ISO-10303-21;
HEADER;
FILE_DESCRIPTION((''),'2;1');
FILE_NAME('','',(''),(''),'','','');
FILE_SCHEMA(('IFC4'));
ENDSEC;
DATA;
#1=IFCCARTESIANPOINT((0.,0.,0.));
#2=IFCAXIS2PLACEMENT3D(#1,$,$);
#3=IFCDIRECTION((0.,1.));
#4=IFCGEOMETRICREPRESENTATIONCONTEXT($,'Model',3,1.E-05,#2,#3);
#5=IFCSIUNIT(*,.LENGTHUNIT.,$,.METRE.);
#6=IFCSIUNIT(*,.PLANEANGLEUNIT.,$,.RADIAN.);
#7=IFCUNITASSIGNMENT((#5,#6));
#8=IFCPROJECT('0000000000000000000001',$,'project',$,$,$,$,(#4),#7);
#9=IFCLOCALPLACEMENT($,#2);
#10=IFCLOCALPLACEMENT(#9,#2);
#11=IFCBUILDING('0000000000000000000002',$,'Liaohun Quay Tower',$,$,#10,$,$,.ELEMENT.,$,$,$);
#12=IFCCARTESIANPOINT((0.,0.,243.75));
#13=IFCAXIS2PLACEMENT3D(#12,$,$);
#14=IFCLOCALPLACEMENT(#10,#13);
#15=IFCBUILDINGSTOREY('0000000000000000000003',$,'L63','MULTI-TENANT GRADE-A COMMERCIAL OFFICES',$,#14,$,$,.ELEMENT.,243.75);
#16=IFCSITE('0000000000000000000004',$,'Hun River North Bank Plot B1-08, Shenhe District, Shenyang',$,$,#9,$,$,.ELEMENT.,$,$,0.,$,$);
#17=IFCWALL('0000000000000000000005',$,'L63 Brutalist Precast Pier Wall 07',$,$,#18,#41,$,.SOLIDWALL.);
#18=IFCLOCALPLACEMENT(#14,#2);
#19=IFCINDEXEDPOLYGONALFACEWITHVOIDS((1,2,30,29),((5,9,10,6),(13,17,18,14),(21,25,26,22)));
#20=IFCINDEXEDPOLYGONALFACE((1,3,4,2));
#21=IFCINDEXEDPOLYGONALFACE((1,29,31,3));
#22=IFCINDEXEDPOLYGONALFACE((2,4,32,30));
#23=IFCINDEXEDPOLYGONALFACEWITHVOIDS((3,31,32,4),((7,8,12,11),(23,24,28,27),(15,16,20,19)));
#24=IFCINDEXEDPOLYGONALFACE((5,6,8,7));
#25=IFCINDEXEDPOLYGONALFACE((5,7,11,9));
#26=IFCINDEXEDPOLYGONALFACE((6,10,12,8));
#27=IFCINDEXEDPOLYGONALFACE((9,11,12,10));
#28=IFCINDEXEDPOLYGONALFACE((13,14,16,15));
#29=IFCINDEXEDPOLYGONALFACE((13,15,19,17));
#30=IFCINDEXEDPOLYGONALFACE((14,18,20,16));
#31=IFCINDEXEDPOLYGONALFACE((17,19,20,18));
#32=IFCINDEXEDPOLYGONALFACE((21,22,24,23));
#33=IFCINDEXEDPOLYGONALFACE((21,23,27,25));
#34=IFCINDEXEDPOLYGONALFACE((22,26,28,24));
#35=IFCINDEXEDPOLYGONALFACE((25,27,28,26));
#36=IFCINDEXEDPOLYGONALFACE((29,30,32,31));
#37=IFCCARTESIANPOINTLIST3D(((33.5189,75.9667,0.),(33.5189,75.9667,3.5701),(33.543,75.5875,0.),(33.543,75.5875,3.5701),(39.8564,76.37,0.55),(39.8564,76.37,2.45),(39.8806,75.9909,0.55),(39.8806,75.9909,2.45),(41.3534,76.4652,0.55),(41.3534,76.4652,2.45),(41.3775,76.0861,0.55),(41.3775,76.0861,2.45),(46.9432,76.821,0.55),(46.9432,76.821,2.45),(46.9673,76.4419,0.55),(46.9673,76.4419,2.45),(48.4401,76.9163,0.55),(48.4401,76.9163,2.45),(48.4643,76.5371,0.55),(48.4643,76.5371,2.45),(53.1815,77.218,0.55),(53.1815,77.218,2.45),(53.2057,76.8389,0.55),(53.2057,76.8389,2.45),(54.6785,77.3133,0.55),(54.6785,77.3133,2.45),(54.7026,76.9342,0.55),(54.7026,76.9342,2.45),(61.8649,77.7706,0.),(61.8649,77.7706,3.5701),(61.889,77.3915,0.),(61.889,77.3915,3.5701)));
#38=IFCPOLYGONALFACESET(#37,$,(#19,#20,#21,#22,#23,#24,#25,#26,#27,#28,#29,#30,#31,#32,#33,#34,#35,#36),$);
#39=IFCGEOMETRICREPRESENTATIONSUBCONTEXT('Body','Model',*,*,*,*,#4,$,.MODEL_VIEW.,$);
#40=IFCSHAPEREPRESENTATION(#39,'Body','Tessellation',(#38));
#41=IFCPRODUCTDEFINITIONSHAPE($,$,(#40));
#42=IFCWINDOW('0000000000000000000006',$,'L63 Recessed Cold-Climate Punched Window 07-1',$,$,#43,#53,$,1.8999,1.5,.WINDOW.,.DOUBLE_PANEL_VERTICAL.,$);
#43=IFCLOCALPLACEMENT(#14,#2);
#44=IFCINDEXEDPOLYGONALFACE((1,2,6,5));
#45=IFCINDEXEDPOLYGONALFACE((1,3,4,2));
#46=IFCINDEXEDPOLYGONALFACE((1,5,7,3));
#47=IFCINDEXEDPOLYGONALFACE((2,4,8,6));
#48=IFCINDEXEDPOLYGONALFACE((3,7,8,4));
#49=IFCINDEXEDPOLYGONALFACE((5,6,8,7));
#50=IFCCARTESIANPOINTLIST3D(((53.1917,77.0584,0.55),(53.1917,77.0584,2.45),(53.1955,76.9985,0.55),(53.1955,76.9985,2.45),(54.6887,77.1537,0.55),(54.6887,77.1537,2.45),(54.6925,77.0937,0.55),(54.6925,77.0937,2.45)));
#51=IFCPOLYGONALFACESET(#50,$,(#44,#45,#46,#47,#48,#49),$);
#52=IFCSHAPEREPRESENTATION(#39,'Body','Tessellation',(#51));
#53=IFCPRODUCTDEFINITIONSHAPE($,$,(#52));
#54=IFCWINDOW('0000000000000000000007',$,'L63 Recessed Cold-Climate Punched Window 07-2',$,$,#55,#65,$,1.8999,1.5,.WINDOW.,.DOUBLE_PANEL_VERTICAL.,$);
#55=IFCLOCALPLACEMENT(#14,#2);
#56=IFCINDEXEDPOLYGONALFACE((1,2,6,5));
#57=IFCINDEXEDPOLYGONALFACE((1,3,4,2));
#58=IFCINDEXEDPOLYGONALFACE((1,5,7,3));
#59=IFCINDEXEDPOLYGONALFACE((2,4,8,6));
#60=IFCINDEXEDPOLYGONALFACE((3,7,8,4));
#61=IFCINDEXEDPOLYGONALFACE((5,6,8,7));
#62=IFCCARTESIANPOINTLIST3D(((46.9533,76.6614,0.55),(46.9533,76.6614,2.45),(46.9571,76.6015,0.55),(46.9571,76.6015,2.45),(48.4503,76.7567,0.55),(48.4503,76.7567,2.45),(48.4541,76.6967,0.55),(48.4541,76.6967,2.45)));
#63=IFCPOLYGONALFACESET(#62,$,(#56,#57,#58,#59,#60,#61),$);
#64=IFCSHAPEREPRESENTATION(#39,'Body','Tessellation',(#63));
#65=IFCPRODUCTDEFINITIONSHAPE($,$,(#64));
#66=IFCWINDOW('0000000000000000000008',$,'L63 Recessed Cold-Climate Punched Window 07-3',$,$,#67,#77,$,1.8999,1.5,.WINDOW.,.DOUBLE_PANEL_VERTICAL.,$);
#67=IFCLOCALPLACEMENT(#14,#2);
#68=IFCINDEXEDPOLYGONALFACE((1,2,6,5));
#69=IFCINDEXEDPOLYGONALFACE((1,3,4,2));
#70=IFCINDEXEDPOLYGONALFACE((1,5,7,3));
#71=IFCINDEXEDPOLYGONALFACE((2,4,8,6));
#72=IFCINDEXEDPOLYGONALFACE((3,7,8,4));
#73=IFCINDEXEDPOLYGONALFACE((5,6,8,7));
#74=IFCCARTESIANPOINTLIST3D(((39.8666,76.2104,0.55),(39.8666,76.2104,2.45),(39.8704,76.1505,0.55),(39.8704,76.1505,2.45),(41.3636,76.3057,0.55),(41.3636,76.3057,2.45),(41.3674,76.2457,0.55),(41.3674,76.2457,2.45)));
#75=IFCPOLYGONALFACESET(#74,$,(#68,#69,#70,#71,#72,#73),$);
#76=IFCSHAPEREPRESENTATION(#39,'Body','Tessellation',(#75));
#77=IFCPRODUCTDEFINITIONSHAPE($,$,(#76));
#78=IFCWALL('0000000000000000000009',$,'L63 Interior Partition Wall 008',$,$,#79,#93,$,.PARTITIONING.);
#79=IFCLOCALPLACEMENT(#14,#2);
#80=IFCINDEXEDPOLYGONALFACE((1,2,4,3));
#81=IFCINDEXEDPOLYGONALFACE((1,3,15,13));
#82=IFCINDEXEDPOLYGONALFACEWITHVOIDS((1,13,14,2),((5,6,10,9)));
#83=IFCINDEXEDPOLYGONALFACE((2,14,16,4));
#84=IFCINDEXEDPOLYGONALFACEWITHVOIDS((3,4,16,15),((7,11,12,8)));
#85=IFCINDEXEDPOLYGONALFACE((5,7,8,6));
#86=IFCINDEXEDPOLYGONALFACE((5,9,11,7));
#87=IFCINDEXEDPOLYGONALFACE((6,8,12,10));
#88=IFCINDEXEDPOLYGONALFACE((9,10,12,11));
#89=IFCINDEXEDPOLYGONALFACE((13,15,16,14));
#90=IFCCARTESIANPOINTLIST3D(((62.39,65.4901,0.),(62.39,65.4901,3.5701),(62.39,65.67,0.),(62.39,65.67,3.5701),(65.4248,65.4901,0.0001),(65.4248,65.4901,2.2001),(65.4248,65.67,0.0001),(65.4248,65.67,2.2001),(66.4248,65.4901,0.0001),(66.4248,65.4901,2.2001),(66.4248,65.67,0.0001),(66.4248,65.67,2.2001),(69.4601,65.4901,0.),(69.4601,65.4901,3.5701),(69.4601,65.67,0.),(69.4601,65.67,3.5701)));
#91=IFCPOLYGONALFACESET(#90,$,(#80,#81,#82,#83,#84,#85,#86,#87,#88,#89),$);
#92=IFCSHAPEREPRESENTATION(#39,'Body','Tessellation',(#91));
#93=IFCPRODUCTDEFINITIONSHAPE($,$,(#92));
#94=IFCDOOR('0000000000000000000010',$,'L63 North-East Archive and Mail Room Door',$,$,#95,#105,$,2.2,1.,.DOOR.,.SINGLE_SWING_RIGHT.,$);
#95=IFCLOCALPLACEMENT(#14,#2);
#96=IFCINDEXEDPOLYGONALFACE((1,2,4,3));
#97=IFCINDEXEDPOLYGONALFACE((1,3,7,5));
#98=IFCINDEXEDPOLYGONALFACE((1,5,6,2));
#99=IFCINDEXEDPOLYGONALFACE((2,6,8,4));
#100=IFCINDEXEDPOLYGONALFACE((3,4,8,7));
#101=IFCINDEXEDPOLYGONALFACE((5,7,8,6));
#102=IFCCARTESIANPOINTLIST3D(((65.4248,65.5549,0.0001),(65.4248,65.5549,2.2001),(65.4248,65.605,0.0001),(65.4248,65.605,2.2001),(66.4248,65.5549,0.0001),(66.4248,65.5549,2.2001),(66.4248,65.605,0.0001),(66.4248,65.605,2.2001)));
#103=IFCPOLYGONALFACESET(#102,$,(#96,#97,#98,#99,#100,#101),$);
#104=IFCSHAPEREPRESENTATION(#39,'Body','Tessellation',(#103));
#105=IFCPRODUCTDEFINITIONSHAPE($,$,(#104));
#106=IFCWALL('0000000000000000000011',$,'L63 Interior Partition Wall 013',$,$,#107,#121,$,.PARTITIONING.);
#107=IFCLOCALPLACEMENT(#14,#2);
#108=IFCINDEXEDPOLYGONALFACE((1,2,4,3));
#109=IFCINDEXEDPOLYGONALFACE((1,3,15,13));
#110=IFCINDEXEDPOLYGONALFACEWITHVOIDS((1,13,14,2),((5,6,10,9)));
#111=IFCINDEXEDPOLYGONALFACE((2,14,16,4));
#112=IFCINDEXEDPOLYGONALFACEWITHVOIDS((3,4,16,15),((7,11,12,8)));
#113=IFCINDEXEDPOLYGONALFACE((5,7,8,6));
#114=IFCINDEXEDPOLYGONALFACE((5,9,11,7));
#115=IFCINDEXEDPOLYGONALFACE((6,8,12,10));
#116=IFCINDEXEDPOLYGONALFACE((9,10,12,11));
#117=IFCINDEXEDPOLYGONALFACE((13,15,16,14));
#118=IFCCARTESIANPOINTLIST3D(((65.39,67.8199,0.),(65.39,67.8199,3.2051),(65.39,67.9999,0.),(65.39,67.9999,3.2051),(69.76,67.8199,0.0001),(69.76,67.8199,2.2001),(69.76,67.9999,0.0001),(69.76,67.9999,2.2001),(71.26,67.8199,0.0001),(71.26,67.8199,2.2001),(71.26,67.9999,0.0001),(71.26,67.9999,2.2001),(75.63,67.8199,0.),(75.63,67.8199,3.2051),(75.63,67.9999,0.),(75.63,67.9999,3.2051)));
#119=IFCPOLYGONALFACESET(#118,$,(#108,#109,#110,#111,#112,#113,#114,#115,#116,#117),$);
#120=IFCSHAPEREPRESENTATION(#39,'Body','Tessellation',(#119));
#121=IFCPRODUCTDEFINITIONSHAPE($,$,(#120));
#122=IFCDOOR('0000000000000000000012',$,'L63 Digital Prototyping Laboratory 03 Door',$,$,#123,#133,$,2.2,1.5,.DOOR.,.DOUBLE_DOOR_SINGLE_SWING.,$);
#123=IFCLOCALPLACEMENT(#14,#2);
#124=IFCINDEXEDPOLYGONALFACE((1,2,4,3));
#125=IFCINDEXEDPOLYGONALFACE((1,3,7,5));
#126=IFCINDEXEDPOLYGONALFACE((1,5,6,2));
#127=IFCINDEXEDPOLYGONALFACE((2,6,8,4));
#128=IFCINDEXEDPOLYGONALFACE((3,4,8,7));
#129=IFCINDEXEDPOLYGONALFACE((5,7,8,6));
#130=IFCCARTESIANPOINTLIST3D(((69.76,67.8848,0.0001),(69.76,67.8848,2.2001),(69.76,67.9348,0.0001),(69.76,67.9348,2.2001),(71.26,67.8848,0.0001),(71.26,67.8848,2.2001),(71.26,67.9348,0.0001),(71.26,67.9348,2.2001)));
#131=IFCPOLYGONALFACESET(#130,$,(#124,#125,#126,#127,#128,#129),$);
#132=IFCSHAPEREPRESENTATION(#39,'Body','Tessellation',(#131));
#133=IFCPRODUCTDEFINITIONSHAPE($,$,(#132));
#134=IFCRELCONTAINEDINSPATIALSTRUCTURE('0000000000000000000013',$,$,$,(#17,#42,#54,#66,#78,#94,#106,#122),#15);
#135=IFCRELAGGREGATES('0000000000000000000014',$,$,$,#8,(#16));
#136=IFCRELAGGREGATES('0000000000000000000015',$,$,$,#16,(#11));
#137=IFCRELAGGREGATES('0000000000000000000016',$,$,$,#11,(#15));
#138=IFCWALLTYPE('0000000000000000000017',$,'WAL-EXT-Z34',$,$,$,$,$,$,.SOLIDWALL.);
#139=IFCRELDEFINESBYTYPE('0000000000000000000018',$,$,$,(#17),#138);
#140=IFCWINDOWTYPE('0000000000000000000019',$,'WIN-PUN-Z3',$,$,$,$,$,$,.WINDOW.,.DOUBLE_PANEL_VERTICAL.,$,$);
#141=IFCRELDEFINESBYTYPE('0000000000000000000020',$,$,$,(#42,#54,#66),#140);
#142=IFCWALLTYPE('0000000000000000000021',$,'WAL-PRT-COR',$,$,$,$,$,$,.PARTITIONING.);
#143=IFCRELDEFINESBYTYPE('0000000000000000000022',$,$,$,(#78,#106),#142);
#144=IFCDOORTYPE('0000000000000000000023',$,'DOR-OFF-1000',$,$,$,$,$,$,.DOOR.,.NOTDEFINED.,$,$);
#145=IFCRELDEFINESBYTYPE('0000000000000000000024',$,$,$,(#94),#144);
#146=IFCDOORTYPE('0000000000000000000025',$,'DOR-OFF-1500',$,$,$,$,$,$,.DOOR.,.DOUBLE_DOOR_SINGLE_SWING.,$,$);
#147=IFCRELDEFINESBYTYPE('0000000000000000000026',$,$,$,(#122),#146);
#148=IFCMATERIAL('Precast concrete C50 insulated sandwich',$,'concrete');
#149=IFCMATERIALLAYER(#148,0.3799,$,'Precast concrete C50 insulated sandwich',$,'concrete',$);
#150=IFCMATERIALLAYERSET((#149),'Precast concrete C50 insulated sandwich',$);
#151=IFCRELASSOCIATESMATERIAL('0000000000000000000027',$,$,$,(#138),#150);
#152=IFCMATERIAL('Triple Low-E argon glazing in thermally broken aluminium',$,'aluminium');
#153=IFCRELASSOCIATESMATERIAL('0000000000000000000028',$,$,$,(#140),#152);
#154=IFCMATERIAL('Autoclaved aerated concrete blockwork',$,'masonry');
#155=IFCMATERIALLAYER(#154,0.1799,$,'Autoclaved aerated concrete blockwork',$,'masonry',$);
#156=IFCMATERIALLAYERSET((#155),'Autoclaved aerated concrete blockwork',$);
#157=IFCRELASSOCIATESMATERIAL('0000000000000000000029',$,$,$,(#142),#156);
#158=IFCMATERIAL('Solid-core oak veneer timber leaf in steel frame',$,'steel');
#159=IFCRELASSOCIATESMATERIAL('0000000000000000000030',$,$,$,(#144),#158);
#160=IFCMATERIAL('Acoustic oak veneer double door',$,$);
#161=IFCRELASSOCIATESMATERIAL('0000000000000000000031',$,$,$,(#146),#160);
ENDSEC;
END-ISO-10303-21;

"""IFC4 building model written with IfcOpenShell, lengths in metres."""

from ifc_helpers import new_model, si_unit, direction, frame, frame_2d, origin, place, context, subcontext, project, spatial, rectangle, extrude, source, transform, mapped, material, layer, layer_set, type_object, element, fill, save


model = new_model("IFC4")

# Units and contexts
model_context = context("Model", 3, precision=1e-05, world=origin(), true_north=direction((0.0, 1.0)))
body_context = subcontext(model_context, "Body", "Model", "MODEL_VIEW")
ifc_project = project(units=[si_unit("LENGTHUNIT", "METRE"), si_unit("PLANEANGLEUNIT", "RADIAN")], contexts=[model_context])

# Site, building, storey
site_placement = place(None, origin())
site = spatial("IfcSite", under=ifc_project, at=site_placement, Name="Hun River North Bank Plot B1-08, Shenhe District, Shenyang", CompositionType="ELEMENT", RefElevation=0.0)
building_placement = place(site_placement, origin())
building = spatial("IfcBuilding", under=site, at=building_placement, Name="Liaohun Quay Tower", CompositionType="ELEMENT")
storey_placement = place(building_placement, frame((0.0, 0.0, 243.75)))
storey = spatial("IfcBuildingStorey", under=building, at=storey_placement, Name="L63", Description="MULTI-TENANT GRADE-A COMMERCIAL OFFICES", CompositionType="ELEMENT", Elevation=243.75)

# Wall, openings, windows
ifc_material_1 = material(Name="Precast concrete C50 insulated sandwich", Category="concrete")
ifc_layer_1 = layer(ifc_material_1, 0.3799, Name="Precast concrete C50 insulated sandwich", Category="concrete")
ifc_layer_set_1 = layer_set([ifc_layer_1], Name="Precast concrete C50 insulated sandwich")
wall_type_1 = type_object("IfcWallType", Name="WAL-EXT-Z34", PredefinedType="SOLIDWALL", material=ifc_layer_set_1)
wall_1_placement = place(storey_placement, frame((61.877, 77.5811, 0.0), z_axis=(0.0, 0.0, 1.0), x_axis=(-0.997981, -0.063512, 0.0)))
wall_1 = element("IfcWall", 1, at=wall_1_placement, inside=storey, type_object=wall_type_1, Name="L63 Brutalist Precast Pier Wall 07", PredefinedType="SOLIDWALL", context=body_context, shape_type="SweptSolid", body=[
    extrude(rectangle(XDim=28.4033, YDim=0.3799, at=frame_2d((14.2017, 0.0))), origin(), (0.0, 0.0, 1.0), 3.5701),
])
shared_shape_1 = source(origin(), body_context, "Body", "SweptSolid", [
    extrude(rectangle(XDim=1.5, YDim=1.8999, at=frame_2d((0.75, 0.95))), frame((0.0, 0.2, 0.0), z_axis=(0.0, -1.0, 0.0), x_axis=(1.0, 0.0, 0.0)), (0.0, 0.0, 1.0), 0.3999),
])
opening_1_placement = place(wall_1_placement, frame((7.2009, 0.0, 0.55)))
opening_1 = element("IfcOpeningElement", 2, at=opening_1_placement, cuts=wall_1, PredefinedType="OPENING", context=body_context, shape_type="MappedRepresentation", body=[
    mapped(shared_shape_1, transform((0.0, 0.0, 0.0), x_axis=(1.0, 0.0, 0.0), y_axis=(0.0, 1.0, 0.0), z_axis=(0.0, 0.0, 1.0), scale=1.0)),
])
opening_2_placement = place(wall_1_placement, frame((13.4519, 0.0, 0.55)))
opening_2 = element("IfcOpeningElement", 3, at=opening_2_placement, cuts=wall_1, PredefinedType="OPENING", context=body_context, shape_type="MappedRepresentation", body=[
    mapped(shared_shape_1, transform((0.0, 0.0, 0.0), x_axis=(1.0, 0.0, 0.0), y_axis=(0.0, 1.0, 0.0), z_axis=(0.0, 0.0, 1.0), scale=1.0)),
])
opening_3_placement = place(wall_1_placement, frame((20.553, 0.0, 0.55)))
opening_3 = element("IfcOpeningElement", 4, at=opening_3_placement, cuts=wall_1, PredefinedType="OPENING", context=body_context, shape_type="MappedRepresentation", body=[
    mapped(shared_shape_1, transform((0.0, 0.0, 0.0), x_axis=(1.0, 0.0, 0.0), y_axis=(0.0, 1.0, 0.0), z_axis=(0.0, 0.0, 1.0), scale=1.0)),
])
ifc_material_2 = material(Name="Triple Low-E argon glazing in thermally broken aluminium", Category="aluminium")
window_type = type_object("IfcWindowType", Name="WIN-PUN-Z3", PartitioningType="DOUBLE_PANEL_VERTICAL", PredefinedType="WINDOW", material=ifc_material_2)
shared_shape_2 = source(origin(), body_context, "Body", "SweptSolid", [
    extrude(rectangle(XDim=1.5, YDim=1.8999, at=frame_2d((0.75, 0.95))), frame((0.0, 0.03, 0.0), z_axis=(0.0, -1.0, 0.0), x_axis=(1.0, 0.0, 0.0)), (0.0, 0.0, 1.0), 0.0601),
])
window_1_placement = place(opening_1_placement, origin())
window_1 = element("IfcWindow", 5, at=window_1_placement, inside=storey, type_object=window_type, Name="L63 Recessed Cold-Climate Punched Window 07-1", OverallHeight=1.8999, OverallWidth=1.5, PartitioningType="DOUBLE_PANEL_VERTICAL", PredefinedType="WINDOW", context=body_context, shape_type="MappedRepresentation", body=[
    mapped(shared_shape_2, transform((0.0, 0.0, 0.0), x_axis=(1.0, 0.0, 0.0), y_axis=(0.0, 1.0, 0.0), z_axis=(0.0, 0.0, 1.0), scale=1.0)),
])
fill(opening_1, window_1)
window_2_placement = place(opening_2_placement, origin())
window_2 = element("IfcWindow", 6, at=window_2_placement, inside=storey, type_object=window_type, Name="L63 Recessed Cold-Climate Punched Window 07-2", OverallHeight=1.8999, OverallWidth=1.5, PartitioningType="DOUBLE_PANEL_VERTICAL", PredefinedType="WINDOW", context=body_context, shape_type="MappedRepresentation", body=[
    mapped(shared_shape_2, transform((0.0, 0.0, 0.0), x_axis=(1.0, 0.0, 0.0), y_axis=(0.0, 1.0, 0.0), z_axis=(0.0, 0.0, 1.0), scale=1.0)),
])
fill(opening_2, window_2)
window_3_placement = place(opening_3_placement, origin())
window_3 = element("IfcWindow", 7, at=window_3_placement, inside=storey, type_object=window_type, Name="L63 Recessed Cold-Climate Punched Window 07-3", OverallHeight=1.8999, OverallWidth=1.5, PartitioningType="DOUBLE_PANEL_VERTICAL", PredefinedType="WINDOW", context=body_context, shape_type="MappedRepresentation", body=[
    mapped(shared_shape_2, transform((0.0, 0.0, 0.0), x_axis=(1.0, 0.0, 0.0), y_axis=(0.0, 1.0, 0.0), z_axis=(0.0, 0.0, 1.0), scale=1.0)),
])
fill(opening_3, window_3)

# Walls, openings, doors
ifc_material_3 = material(Name="Autoclaved aerated concrete blockwork", Category="masonry")
ifc_layer_2 = layer(ifc_material_3, 0.1799, Name="Autoclaved aerated concrete blockwork", Category="masonry")
ifc_layer_set_2 = layer_set([ifc_layer_2], Name="Autoclaved aerated concrete blockwork")
wall_type_2 = type_object("IfcWallType", Name="WAL-PRT-COR", PredefinedType="PARTITIONING", material=ifc_layer_set_2)
wall_2_placement = place(storey_placement, frame((62.3899, 65.5801, 0.0), z_axis=(0.0, 0.0, 1.0), x_axis=(1.0, 0.0, 0.0)))
wall_2 = element("IfcWall", 8, at=wall_2_placement, inside=storey, type_object=wall_type_2, Name="L63 Interior Partition Wall 008", PredefinedType="PARTITIONING", context=body_context, shape_type="SweptSolid", body=[
    extrude(rectangle(XDim=7.0701, YDim=0.1799, at=frame_2d((3.5352, 0.0))), origin(), (0.0, 0.0, 1.0), 3.5701),
])
shared_shape_3 = source(origin(), body_context, "Body", "SweptSolid", [
    extrude(rectangle(XDim=1.0, YDim=2.2, at=frame_2d((0.5, 1.1001))), frame((0.0, 0.0999, 0.0), z_axis=(0.0, -1.0, 0.0), x_axis=(1.0, 0.0, 0.0)), (0.0, 0.0, 1.0), 0.2),
])
opening_4_placement = place(wall_2_placement, frame((3.0349, 0.0, 0.0)))
opening_4 = element("IfcOpeningElement", 9, at=opening_4_placement, cuts=wall_2, PredefinedType="OPENING", context=body_context, shape_type="MappedRepresentation", body=[
    mapped(shared_shape_3, transform((0.0, 0.0, 0.0), x_axis=(1.0, 0.0, 0.0), y_axis=(0.0, 1.0, 0.0), z_axis=(0.0, 0.0, 1.0), scale=1.0)),
])
ifc_material_4 = material(Name="Solid-core oak veneer timber leaf in steel frame", Category="steel")
door_type_1 = type_object("IfcDoorType", Name="DOR-OFF-1000", OperationType="NOTDEFINED", PredefinedType="DOOR", material=ifc_material_4)
shared_shape_4 = source(origin(), body_context, "Body", "SweptSolid", [
    extrude(rectangle(XDim=1.0, YDim=2.2, at=frame_2d((0.5, 1.1001))), frame((0.0, 0.0249, 0.0), z_axis=(0.0, -1.0, 0.0), x_axis=(1.0, 0.0, 0.0)), (0.0, 0.0, 1.0), 0.05),
])
door_1_placement = place(opening_4_placement, origin())
door_1 = element("IfcDoor", 10, at=door_1_placement, inside=storey, type_object=door_type_1, Name="L63 North-East Archive and Mail Room Door", OperationType="SINGLE_SWING_RIGHT", OverallHeight=2.2, OverallWidth=1.0, PredefinedType="DOOR", context=body_context, shape_type="MappedRepresentation", body=[
    mapped(shared_shape_4, transform((0.0, 0.0, 0.0), x_axis=(1.0, 0.0, 0.0), y_axis=(0.0, 1.0, 0.0), z_axis=(0.0, 0.0, 1.0), scale=1.0)),
])
fill(opening_4, door_1)
wall_3_placement = place(storey_placement, frame((65.3899, 67.9099, 0.0), z_axis=(0.0, 0.0, 1.0), x_axis=(1.0, 0.0, 0.0)))
wall_3 = element("IfcWall", 11, at=wall_3_placement, inside=storey, type_object=wall_type_2, Name="L63 Interior Partition Wall 013", PredefinedType="PARTITIONING", context=body_context, shape_type="SweptSolid", body=[
    extrude(rectangle(XDim=10.24, YDim=0.1799, at=frame_2d((5.1201, 0.0))), origin(), (0.0, 0.0, 1.0), 3.2051),
])
shared_shape_5 = source(origin(), body_context, "Body", "SweptSolid", [
    extrude(rectangle(XDim=1.5, YDim=2.2, at=frame_2d((0.75, 1.1001))), frame((0.0, 0.0999, 0.0), z_axis=(0.0, -1.0, 0.0), x_axis=(1.0, 0.0, 0.0)), (0.0, 0.0, 1.0), 0.2),
])
opening_5_placement = place(wall_3_placement, frame((4.3701, 0.0, 0.0)))
opening_5 = element("IfcOpeningElement", 12, at=opening_5_placement, cuts=wall_3, PredefinedType="OPENING", context=body_context, shape_type="MappedRepresentation", body=[
    mapped(shared_shape_5, transform((0.0, 0.0, 0.0), x_axis=(1.0, 0.0, 0.0), y_axis=(0.0, 1.0, 0.0), z_axis=(0.0, 0.0, 1.0), scale=1.0)),
])
ifc_material_5 = material(Name="Acoustic oak veneer double door")
door_type_2 = type_object("IfcDoorType", Name="DOR-OFF-1500", OperationType="DOUBLE_DOOR_SINGLE_SWING", PredefinedType="DOOR", material=ifc_material_5)
shared_shape_6 = source(origin(), body_context, "Body", "SweptSolid", [
    extrude(rectangle(XDim=1.5, YDim=2.2, at=frame_2d((0.75, 1.1001))), frame((0.0, 0.0249, 0.0), z_axis=(0.0, -1.0, 0.0), x_axis=(1.0, 0.0, 0.0)), (0.0, 0.0, 1.0), 0.05),
])
door_2_placement = place(opening_5_placement, origin())
door_2 = element("IfcDoor", 13, at=door_2_placement, inside=storey, type_object=door_type_2, Name="L63 Digital Prototyping Laboratory 03 Door", OperationType="DOUBLE_DOOR_SINGLE_SWING", OverallHeight=2.2, OverallWidth=1.5, PredefinedType="DOOR", context=body_context, shape_type="MappedRepresentation", body=[
    mapped(shared_shape_6, transform((0.0, 0.0, 0.0), x_axis=(1.0, 0.0, 0.0), y_axis=(0.0, 1.0, 0.0), z_axis=(0.0, 0.0, 1.0), scale=1.0)),
])
fill(opening_5, door_2)

save(model, "model.ifc")
